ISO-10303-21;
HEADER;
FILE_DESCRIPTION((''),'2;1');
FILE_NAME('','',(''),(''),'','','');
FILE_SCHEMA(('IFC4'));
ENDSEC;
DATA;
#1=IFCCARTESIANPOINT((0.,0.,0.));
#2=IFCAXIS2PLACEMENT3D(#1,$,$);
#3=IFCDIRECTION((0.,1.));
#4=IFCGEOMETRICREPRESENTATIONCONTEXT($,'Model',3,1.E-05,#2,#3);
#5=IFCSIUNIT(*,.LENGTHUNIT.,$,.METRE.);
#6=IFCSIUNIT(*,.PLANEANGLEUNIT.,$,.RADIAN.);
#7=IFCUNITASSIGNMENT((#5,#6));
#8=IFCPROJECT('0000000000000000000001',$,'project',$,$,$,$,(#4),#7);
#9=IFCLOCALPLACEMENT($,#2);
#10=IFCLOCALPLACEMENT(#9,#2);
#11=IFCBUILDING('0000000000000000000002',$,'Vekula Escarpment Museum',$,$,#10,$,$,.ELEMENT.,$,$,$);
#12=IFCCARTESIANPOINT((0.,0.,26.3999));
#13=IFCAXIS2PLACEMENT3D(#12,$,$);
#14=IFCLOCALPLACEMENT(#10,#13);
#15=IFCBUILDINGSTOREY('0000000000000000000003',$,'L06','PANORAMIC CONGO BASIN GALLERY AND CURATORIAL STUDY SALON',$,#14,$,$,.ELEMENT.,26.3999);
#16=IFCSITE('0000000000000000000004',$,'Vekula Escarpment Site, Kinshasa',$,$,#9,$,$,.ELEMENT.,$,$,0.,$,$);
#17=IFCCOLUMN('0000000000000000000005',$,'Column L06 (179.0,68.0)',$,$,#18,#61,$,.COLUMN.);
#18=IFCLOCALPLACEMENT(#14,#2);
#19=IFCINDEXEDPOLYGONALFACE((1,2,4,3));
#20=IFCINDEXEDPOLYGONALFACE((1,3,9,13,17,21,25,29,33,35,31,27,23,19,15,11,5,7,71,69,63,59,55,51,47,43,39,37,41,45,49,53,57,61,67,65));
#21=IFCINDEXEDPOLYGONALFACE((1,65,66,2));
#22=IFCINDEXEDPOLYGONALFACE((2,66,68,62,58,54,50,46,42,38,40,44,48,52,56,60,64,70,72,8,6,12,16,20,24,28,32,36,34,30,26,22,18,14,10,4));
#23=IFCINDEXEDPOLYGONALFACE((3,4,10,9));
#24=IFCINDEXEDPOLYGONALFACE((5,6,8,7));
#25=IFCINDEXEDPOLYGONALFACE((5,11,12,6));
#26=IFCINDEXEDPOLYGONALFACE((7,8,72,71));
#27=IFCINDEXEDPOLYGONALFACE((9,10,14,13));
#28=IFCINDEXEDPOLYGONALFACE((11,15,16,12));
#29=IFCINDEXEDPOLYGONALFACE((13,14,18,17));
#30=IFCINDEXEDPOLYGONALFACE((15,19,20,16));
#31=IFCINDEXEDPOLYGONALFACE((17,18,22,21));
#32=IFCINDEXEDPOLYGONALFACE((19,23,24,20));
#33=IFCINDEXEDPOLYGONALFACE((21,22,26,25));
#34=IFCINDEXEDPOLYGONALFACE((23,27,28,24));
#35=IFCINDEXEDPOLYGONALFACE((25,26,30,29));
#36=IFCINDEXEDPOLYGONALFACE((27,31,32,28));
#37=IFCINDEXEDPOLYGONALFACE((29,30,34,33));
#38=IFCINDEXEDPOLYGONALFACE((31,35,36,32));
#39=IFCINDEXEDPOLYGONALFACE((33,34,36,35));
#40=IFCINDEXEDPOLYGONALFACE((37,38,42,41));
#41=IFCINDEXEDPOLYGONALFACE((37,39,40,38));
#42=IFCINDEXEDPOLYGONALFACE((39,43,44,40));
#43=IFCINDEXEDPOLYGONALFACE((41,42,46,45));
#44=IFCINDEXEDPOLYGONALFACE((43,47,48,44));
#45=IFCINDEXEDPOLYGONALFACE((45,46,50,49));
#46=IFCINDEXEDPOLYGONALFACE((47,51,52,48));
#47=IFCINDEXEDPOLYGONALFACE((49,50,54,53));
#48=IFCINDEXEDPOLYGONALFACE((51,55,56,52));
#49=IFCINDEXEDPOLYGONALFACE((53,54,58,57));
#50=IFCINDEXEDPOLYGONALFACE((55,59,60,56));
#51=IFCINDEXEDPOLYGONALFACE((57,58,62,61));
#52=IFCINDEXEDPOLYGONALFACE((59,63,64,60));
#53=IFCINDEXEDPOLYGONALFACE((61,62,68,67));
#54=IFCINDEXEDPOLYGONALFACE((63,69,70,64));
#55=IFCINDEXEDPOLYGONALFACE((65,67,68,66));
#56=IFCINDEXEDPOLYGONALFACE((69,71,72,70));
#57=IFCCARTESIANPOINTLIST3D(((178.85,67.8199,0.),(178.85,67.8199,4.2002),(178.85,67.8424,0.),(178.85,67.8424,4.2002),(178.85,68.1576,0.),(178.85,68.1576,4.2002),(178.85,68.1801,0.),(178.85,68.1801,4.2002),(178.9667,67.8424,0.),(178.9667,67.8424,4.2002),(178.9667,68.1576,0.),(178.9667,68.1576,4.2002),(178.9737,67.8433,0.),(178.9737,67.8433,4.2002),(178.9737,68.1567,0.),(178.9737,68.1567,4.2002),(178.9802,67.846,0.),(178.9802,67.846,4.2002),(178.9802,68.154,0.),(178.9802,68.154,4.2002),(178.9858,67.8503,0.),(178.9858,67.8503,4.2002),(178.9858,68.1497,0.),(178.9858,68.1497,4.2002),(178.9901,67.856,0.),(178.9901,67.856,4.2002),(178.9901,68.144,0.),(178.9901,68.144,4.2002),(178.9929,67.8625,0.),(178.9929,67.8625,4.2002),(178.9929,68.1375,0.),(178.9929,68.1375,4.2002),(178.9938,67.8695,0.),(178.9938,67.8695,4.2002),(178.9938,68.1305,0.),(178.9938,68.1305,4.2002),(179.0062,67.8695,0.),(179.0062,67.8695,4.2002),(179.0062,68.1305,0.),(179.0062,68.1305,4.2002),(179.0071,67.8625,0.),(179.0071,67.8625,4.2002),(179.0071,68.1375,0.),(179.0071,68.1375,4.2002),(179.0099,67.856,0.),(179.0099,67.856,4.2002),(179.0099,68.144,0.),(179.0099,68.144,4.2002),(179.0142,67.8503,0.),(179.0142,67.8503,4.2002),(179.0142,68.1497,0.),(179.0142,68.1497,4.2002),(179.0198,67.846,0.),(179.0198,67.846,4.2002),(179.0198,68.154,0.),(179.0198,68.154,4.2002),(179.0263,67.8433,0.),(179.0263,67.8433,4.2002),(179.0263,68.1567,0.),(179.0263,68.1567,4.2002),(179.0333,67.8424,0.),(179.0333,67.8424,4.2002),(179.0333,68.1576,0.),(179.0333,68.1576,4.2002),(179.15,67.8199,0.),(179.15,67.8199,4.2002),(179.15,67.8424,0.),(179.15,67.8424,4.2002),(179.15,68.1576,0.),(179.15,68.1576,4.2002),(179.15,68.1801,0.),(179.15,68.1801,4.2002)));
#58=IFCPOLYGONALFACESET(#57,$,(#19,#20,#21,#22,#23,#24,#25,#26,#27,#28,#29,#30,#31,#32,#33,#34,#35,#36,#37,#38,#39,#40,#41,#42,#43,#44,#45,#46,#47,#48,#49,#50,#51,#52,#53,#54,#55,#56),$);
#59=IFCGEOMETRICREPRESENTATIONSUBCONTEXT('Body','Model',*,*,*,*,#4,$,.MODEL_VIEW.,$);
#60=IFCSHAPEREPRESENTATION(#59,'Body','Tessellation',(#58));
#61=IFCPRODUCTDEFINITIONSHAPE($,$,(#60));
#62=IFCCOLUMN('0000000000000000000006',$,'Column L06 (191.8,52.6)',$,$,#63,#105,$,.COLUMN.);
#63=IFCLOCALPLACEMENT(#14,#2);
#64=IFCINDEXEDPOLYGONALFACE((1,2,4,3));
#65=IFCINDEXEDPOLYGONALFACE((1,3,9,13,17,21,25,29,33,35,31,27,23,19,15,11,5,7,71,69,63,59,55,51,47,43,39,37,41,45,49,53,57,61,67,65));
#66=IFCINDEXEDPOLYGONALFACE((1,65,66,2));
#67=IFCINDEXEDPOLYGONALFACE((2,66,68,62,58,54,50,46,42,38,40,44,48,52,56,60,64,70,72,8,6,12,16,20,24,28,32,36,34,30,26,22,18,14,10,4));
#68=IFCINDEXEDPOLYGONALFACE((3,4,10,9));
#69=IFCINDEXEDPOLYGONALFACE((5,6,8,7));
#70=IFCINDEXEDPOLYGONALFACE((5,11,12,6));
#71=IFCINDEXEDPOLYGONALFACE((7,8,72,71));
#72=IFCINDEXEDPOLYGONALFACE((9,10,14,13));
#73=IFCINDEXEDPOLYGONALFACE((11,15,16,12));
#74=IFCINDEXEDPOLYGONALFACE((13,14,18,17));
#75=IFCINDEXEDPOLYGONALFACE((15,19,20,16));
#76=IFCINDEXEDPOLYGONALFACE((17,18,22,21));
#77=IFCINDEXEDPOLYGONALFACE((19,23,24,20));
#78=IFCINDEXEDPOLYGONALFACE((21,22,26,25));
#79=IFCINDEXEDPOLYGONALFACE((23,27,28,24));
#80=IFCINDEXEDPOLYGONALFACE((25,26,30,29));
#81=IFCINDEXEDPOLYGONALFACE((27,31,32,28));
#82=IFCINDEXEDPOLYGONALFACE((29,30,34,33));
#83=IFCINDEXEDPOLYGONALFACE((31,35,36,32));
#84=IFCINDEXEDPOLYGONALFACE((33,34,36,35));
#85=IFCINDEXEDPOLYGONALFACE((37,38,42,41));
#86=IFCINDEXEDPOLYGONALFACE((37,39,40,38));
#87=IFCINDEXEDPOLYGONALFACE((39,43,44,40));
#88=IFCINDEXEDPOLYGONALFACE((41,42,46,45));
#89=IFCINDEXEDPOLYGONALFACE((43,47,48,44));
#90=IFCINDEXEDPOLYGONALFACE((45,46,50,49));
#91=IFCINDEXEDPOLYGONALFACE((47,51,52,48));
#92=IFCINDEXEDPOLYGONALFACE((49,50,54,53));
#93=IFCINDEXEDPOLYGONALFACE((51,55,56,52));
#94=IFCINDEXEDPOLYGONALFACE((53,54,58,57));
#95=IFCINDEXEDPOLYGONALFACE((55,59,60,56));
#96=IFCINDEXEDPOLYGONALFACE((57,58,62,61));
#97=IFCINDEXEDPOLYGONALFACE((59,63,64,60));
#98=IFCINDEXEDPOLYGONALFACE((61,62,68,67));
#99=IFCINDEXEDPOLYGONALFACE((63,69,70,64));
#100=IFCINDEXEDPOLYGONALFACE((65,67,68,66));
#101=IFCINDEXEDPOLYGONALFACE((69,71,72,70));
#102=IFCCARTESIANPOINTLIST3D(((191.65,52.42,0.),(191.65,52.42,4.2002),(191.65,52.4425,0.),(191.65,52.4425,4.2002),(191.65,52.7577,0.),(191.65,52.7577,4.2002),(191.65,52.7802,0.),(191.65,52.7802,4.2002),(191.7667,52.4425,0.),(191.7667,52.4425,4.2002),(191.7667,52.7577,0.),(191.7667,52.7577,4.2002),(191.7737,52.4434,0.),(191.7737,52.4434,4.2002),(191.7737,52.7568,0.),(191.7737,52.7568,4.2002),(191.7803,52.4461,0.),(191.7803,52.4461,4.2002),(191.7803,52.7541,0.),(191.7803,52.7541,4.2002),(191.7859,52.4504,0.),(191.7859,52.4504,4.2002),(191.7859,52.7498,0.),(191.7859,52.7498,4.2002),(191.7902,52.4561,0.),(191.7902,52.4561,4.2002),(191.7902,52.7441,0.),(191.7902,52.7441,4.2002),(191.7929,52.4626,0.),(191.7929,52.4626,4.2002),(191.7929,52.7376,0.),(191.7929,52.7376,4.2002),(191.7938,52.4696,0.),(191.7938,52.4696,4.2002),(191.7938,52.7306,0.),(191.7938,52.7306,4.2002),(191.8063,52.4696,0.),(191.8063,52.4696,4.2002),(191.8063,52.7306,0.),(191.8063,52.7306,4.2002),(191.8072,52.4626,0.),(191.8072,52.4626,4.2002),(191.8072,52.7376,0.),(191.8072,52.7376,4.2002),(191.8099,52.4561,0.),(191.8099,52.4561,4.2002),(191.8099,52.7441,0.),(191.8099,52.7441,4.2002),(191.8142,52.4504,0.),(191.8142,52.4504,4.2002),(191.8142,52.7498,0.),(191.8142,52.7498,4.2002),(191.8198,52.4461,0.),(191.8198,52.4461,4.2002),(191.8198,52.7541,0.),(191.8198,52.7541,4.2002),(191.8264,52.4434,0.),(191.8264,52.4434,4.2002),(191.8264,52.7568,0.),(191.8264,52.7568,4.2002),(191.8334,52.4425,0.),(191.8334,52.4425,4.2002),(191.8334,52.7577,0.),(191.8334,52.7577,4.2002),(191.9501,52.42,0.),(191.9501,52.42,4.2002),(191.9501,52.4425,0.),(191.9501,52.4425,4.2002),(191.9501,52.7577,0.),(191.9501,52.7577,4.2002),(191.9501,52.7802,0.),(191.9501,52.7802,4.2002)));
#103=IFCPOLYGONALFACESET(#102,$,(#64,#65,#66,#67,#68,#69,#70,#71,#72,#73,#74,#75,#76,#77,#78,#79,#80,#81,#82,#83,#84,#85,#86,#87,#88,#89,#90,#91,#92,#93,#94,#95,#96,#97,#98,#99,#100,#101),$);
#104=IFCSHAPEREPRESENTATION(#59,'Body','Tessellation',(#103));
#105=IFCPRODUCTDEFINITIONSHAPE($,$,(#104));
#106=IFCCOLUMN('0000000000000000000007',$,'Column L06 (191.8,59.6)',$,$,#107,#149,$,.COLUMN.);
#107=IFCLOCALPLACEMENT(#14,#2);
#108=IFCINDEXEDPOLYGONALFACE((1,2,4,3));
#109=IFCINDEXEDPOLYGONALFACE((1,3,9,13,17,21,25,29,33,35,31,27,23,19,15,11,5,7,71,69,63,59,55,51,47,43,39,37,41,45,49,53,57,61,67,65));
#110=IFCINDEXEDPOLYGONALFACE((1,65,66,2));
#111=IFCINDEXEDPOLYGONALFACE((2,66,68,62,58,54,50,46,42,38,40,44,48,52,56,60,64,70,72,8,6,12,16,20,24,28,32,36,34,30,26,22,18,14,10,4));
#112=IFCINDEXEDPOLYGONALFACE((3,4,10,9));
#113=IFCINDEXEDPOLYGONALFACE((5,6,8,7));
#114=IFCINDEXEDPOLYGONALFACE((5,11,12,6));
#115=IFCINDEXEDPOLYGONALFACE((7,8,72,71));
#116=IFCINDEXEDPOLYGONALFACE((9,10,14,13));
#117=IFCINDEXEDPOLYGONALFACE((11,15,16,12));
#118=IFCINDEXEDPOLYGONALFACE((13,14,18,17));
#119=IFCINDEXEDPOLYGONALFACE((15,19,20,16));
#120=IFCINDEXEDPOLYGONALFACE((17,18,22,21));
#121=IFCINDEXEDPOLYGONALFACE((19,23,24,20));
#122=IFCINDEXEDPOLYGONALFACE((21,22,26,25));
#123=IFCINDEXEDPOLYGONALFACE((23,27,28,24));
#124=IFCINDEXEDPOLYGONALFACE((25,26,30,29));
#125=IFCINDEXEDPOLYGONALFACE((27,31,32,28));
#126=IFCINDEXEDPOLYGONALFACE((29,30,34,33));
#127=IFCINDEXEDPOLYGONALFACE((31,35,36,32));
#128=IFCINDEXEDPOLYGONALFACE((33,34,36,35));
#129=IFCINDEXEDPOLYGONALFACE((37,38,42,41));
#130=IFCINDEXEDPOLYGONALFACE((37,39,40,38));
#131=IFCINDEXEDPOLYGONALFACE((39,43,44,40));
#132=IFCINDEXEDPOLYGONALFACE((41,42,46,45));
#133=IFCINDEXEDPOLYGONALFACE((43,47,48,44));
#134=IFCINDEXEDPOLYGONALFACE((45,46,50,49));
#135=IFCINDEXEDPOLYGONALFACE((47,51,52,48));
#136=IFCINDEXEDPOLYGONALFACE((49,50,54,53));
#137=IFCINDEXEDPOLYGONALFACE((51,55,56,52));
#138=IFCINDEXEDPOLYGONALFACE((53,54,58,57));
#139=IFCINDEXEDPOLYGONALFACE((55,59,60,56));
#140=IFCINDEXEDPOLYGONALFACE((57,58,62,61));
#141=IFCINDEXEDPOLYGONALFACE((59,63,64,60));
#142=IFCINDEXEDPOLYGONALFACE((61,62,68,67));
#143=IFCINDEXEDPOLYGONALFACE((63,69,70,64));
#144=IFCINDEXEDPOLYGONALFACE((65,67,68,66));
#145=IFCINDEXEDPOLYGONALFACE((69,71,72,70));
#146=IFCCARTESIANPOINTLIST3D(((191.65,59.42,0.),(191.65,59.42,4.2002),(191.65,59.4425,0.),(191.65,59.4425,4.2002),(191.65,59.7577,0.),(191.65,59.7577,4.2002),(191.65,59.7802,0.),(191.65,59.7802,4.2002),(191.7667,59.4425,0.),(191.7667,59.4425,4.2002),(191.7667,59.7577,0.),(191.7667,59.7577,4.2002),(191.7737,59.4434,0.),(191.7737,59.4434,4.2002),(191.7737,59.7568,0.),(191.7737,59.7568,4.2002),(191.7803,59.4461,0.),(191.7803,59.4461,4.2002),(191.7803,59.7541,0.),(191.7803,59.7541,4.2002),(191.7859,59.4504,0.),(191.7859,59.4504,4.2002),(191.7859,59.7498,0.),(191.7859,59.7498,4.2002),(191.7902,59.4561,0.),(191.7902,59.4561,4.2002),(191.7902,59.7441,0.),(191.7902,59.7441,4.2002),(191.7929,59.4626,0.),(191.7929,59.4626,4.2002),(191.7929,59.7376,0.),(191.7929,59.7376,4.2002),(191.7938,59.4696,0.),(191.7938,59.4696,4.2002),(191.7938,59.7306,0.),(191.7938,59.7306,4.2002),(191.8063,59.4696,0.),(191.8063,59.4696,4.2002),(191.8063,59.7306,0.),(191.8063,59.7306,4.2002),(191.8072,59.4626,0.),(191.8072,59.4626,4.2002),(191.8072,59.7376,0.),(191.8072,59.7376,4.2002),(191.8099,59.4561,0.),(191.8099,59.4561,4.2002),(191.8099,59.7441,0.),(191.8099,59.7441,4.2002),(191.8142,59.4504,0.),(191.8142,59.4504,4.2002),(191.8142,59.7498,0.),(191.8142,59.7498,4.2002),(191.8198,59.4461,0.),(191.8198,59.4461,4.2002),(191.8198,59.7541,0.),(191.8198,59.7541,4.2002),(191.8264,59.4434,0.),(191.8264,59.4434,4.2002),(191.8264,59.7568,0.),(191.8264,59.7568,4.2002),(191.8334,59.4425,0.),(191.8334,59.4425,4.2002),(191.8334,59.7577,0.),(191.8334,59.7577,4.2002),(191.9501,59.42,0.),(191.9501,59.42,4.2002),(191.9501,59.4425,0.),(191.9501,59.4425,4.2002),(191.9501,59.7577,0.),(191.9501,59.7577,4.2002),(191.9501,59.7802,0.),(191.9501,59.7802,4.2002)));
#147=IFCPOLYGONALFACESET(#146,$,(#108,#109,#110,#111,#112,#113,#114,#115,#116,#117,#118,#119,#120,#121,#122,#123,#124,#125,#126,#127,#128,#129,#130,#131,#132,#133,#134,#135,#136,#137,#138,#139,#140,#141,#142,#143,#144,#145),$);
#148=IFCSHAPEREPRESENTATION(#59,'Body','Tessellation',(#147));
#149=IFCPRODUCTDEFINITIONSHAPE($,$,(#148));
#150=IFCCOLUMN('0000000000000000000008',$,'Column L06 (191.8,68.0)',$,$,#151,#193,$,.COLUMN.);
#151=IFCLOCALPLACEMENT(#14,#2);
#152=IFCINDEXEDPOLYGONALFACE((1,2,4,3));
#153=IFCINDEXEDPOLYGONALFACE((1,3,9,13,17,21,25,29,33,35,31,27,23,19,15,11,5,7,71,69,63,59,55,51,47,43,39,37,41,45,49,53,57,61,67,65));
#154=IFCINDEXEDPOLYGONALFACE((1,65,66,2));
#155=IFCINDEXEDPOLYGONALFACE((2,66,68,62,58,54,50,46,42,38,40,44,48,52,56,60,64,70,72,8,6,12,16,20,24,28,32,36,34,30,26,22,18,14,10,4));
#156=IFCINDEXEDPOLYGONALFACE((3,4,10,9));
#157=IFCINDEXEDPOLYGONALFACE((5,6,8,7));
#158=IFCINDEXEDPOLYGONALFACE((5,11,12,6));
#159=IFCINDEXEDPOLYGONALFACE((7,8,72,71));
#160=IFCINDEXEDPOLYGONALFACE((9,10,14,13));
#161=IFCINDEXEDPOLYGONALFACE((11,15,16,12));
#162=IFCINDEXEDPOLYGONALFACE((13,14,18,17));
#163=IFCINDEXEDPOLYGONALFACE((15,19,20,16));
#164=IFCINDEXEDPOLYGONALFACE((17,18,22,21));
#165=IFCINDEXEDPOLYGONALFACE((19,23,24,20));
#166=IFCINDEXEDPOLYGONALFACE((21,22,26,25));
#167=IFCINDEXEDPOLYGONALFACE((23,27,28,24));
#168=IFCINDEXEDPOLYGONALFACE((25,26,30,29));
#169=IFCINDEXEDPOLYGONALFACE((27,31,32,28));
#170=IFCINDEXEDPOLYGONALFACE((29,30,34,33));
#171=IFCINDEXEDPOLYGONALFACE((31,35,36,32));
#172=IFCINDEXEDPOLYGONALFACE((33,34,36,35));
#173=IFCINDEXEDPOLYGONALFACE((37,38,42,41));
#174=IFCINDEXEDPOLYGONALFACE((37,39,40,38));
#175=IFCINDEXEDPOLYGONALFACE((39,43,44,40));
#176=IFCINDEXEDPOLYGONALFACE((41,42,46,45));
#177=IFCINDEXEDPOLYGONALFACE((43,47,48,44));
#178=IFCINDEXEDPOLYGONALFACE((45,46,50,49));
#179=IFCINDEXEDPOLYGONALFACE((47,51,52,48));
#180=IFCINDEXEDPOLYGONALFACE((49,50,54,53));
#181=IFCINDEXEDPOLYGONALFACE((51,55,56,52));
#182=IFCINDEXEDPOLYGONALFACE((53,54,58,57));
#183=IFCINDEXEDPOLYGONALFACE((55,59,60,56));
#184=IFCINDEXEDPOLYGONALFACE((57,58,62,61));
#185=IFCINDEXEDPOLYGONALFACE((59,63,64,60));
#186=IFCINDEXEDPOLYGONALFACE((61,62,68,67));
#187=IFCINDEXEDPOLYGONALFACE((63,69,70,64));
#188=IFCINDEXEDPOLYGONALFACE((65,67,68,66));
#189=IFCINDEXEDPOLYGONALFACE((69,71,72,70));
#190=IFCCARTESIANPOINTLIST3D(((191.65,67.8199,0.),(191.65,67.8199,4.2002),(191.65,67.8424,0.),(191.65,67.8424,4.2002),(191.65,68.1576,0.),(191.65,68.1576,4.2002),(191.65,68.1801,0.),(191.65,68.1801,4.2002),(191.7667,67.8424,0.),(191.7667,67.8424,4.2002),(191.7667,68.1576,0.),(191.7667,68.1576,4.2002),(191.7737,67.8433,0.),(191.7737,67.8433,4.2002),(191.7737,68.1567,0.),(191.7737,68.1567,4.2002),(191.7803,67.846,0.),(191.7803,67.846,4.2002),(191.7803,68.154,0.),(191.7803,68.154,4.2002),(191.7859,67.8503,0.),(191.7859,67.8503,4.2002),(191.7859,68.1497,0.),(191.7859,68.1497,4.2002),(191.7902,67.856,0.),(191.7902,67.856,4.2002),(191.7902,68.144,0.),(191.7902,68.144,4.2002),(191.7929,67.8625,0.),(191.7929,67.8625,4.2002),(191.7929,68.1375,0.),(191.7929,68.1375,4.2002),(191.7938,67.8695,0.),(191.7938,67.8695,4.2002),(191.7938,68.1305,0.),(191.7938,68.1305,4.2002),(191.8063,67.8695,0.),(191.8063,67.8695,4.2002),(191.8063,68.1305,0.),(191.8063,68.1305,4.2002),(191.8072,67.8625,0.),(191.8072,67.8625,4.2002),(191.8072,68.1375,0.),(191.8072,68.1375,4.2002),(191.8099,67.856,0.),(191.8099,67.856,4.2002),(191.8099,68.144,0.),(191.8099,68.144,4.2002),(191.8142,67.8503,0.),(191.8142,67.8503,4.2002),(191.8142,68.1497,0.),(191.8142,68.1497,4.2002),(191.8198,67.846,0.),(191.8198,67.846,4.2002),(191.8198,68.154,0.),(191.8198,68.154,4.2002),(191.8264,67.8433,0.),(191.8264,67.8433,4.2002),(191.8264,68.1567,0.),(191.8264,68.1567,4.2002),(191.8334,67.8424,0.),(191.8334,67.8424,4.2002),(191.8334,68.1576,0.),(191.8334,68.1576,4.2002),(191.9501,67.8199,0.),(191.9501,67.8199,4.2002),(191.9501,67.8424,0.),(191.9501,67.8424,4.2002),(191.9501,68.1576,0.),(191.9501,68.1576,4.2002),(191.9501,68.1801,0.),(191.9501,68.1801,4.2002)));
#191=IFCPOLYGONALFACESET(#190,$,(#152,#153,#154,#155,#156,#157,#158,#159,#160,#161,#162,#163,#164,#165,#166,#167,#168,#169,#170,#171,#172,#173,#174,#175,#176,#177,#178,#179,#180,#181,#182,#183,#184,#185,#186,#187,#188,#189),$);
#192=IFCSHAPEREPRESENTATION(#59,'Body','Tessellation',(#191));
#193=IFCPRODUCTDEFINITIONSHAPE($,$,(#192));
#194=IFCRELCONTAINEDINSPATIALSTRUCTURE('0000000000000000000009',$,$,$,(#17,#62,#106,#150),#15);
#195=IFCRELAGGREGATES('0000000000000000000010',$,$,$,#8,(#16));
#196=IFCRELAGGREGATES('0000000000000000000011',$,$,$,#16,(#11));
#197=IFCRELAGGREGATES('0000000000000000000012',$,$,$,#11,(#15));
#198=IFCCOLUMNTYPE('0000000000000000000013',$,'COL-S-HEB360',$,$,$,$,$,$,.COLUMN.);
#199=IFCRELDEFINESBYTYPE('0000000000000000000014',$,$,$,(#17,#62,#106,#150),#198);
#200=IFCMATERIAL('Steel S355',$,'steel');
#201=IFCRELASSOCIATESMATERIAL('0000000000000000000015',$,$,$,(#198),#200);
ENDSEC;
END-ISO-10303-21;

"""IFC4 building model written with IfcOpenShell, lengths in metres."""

from ifc_helpers import new_model, si_unit, direction, frame, origin, origin_2d, place, context, subcontext, project, spatial, i_section, extrude, material, material_profile, profile_set, type_object, element, save


model = new_model("IFC4")

# Units and contexts
model_context = context("Model", 3, precision=1e-05, world=origin(), true_north=direction((0.0, 1.0)))
body_context = subcontext(model_context, "Body", "Model", "MODEL_VIEW")
ifc_project = project(units=[si_unit("LENGTHUNIT", "METRE"), si_unit("PLANEANGLEUNIT", "RADIAN")], contexts=[model_context])

# Site, building, storey
site_placement = place(None, origin())
site = spatial("IfcSite", under=ifc_project, at=site_placement, Name="Vekula Escarpment Site, Kinshasa", CompositionType="ELEMENT", RefElevation=0.0)
building_placement = place(site_placement, origin())
building = spatial("IfcBuilding", under=site, at=building_placement, Name="Vekula Escarpment Museum", CompositionType="ELEMENT")
storey_placement = place(building_placement, frame((0.0, 0.0, 26.3999)))
storey = spatial("IfcBuildingStorey", under=building, at=storey_placement, Name="L06", Description="PANORAMIC CONGO BASIN GALLERY AND CURATORIAL STUDY SALON", CompositionType="ELEMENT", Elevation=26.3999)

# Columns
ifc_material_1 = material(Name="Steel S355", Category="steel")
ifc_material_profile_1 = material_profile(ifc_material_1, i_section(OverallWidth=0.3, OverallDepth=0.3601, WebThickness=0.0125, FlangeThickness=0.0225, FilletRadius=0.0271, at=origin_2d()), Name="HEB 360")
ifc_profile_set_1 = profile_set([ifc_material_profile_1], Name="Steel S355")
column_type = type_object("IfcColumnType", Name="COL-S-HEB360", PredefinedType="COLUMN", material=ifc_profile_set_1)
for number, where, z_axis, x_axis, name in (
    (1, (179.0, 68.0, 0.0), (0.0, 0.0, 1.0), (1.0, 0.0, 0.0), "Column L06 (179.0,68.0)"),
    (2, (191.8, 52.6001, 0.0), (0.0, 0.0, 1.0), (1.0, 0.0, 0.0), "Column L06 (191.8,52.6)"),
    (3, (191.8, 59.6001, 0.0), (0.0, 0.0, 1.0), (1.0, 0.0, 0.0), "Column L06 (191.8,59.6)"),
    (4, (191.8, 68.0, 0.0), (0.0, 0.0, 1.0), (1.0, 0.0, 0.0), "Column L06 (191.8,68.0)"),
):
    element("IfcColumn", number, at=place(storey_placement, frame(where, z_axis=z_axis, x_axis=x_axis)), inside=storey, type_object=column_type, Name=name, PredefinedType="COLUMN", context=body_context, shape_type="SweptSolid", body=[
        extrude(i_section(OverallWidth=0.3, OverallDepth=0.3601, WebThickness=0.0125, FlangeThickness=0.0225, FilletRadius=0.0271, at=origin_2d()), origin(), (0.0, 0.0, 1.0), 4.2002),
    ])

save(model, "model.ifc")
